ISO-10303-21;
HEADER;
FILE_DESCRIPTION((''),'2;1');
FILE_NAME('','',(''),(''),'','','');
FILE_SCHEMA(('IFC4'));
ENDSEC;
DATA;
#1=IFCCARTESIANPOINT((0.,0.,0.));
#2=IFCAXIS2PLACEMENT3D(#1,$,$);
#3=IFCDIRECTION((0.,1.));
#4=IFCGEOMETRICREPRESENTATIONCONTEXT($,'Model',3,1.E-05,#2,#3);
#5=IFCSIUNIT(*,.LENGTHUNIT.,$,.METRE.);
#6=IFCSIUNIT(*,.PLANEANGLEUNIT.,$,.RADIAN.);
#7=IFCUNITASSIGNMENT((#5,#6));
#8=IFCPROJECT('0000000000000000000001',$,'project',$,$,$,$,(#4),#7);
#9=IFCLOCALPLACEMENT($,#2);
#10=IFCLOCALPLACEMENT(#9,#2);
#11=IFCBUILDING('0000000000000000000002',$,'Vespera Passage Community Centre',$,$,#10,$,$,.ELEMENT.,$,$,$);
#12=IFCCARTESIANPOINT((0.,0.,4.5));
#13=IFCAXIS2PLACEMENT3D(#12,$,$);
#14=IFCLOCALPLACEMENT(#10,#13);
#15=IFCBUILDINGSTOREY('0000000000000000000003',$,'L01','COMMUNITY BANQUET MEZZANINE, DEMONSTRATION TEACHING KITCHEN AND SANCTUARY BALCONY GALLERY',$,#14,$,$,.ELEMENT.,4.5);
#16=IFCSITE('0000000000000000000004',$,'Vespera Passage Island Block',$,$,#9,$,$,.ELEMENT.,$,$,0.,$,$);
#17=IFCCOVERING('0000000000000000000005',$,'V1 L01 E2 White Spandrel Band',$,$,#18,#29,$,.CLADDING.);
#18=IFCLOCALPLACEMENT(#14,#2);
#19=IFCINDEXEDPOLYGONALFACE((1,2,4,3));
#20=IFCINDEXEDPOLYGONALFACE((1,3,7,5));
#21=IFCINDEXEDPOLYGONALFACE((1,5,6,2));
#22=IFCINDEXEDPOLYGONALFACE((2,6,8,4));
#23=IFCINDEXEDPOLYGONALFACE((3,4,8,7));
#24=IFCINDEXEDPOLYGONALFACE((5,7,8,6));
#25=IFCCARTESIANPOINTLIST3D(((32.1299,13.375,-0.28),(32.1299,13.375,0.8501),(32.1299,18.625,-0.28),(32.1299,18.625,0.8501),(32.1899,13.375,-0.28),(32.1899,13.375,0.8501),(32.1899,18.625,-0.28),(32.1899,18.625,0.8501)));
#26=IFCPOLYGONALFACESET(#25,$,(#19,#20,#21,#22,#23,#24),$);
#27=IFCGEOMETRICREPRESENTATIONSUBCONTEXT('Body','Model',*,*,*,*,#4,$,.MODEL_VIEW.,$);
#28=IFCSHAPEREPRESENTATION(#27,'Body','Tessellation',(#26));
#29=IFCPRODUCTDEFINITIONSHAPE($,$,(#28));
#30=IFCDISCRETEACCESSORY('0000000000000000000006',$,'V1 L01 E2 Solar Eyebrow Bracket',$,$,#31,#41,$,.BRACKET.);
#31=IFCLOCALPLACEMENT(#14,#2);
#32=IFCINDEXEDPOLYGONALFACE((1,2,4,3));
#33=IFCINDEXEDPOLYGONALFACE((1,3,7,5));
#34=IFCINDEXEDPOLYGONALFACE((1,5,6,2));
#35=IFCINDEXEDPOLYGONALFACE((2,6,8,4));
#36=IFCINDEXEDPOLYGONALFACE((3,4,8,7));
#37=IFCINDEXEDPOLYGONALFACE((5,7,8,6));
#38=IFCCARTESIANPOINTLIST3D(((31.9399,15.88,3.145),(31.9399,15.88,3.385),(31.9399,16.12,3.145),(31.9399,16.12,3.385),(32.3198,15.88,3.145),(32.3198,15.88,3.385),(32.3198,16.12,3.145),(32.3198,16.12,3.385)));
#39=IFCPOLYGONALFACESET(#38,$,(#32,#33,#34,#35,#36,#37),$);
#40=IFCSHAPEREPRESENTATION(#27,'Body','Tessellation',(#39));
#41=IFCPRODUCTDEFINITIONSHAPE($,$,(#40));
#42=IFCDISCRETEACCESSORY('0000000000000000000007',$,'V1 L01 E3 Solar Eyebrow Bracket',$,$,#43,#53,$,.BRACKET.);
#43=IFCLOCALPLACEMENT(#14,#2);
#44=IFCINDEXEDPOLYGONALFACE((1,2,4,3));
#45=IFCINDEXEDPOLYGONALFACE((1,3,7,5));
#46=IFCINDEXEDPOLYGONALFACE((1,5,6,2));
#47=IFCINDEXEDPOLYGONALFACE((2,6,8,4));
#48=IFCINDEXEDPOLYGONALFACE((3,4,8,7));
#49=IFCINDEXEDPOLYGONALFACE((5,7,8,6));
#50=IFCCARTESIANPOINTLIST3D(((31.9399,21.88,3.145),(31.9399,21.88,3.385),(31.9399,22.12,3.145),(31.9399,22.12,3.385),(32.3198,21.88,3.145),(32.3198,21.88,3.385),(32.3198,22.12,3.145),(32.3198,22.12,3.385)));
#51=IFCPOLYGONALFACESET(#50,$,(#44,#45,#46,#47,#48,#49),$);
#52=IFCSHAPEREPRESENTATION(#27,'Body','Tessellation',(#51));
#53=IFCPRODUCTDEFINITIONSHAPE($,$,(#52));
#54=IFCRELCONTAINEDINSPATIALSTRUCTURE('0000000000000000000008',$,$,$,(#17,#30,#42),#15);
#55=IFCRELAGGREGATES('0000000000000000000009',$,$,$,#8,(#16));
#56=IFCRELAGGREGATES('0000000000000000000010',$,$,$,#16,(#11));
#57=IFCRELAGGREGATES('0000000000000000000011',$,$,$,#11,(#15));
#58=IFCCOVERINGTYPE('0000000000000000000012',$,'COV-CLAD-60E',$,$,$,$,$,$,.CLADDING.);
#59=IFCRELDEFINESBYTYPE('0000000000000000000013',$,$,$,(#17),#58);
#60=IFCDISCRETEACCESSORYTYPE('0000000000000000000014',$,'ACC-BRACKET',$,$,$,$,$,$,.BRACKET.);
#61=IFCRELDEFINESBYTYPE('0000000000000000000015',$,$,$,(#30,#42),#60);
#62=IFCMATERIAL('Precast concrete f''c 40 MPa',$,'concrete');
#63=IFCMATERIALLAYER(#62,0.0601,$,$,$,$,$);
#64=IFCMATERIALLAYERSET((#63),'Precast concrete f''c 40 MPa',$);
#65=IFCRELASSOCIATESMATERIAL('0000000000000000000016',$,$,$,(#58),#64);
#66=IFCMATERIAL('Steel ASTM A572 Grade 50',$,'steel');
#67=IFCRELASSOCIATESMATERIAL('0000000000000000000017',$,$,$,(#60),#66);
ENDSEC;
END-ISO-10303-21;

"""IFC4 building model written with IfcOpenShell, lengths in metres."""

from ifc_helpers import new_model, si_unit, direction, frame, frame_2d, origin, origin_2d, place, context, subcontext, project, spatial, rectangle, extrude, material, layer, layer_set, type_object, element, save


model = new_model("IFC4")

# Units and contexts
model_context = context("Model", 3, precision=1e-05, world=origin(), true_north=direction((0.0, 1.0)))
body_context = subcontext(model_context, "Body", "Model", "MODEL_VIEW")
ifc_project = project(units=[si_unit("LENGTHUNIT", "METRE"), si_unit("PLANEANGLEUNIT", "RADIAN")], contexts=[model_context])

# Site, building, storey
site_placement = place(None, origin())
site = spatial("IfcSite", under=ifc_project, at=site_placement, Name="Vespera Passage Island Block", CompositionType="ELEMENT", RefElevation=0.0)
building_placement = place(site_placement, origin())
building = spatial("IfcBuilding", under=site, at=building_placement, Name="Vespera Passage Community Centre", CompositionType="ELEMENT")
storey_placement = place(building_placement, frame((0.0, 0.0, 4.5)))
storey = spatial("IfcBuildingStorey", under=building, at=storey_placement, Name="L01", Description="COMMUNITY BANQUET MEZZANINE, DEMONSTRATION TEACHING KITCHEN AND SANCTUARY BALCONY GALLERY", CompositionType="ELEMENT", Elevation=4.5)

# Covering
ifc_material_1 = material(Name="Precast concrete f'c 40 MPa", Category="concrete")
ifc_layer_1 = layer(ifc_material_1, 0.0601)
ifc_layer_set_1 = layer_set([ifc_layer_1], Name="Precast concrete f'c 40 MPa")
covering_type = type_object("IfcCoveringType", Name="COV-CLAD-60E", PredefinedType="CLADDING", material=ifc_layer_set_1)
covering_placement = place(storey_placement, frame((32.1599, 18.625, -0.28), z_axis=(0.0, 0.0, 1.0), x_axis=(0.0, -1.0, 0.0)))
element("IfcCovering", 1, at=covering_placement, inside=storey, type_object=covering_type, Name="V1 L01 E2 White Spandrel Band", PredefinedType="CLADDING", context=body_context, shape_type="SweptSolid", body=[
    extrude(rectangle(XDim=5.25, YDim=0.0601, at=frame_2d((2.625, 0.0))), origin(), (0.0, 0.0, 1.0), 1.1301),
])

# Discrete accessories
ifc_material_2 = material(Name="Steel ASTM A572 Grade 50", Category="steel")
discrete_accessory_type = type_object("IfcDiscreteAccessoryType", Name="ACC-BRACKET", PredefinedType="BRACKET", material=ifc_material_2)
for number, where, z_axis, x_axis, name in (
    (2, (32.1299, 16.0, 3.145), (0.0, 0.0, 1.0), (0.0, -1.0, 0.0), "V1 L01 E2 Solar Eyebrow Bracket"),
    (3, (32.1299, 22.0, 3.145), (0.0, 0.0, 1.0), (0.0, -1.0, 0.0), "V1 L01 E3 Solar Eyebrow Bracket"),
):
    element("IfcDiscreteAccessory", number, at=place(storey_placement, frame(where, z_axis=z_axis, x_axis=x_axis)), inside=storey, type_object=discrete_accessory_type, Name=name, PredefinedType="BRACKET", context=body_context, shape_type="SweptSolid", body=[
        extrude(rectangle(XDim=0.24, YDim=0.3799, at=origin_2d()), origin(), (0.0, 0.0, 1.0), 0.24),
    ])

save(model, "model.ifc")
